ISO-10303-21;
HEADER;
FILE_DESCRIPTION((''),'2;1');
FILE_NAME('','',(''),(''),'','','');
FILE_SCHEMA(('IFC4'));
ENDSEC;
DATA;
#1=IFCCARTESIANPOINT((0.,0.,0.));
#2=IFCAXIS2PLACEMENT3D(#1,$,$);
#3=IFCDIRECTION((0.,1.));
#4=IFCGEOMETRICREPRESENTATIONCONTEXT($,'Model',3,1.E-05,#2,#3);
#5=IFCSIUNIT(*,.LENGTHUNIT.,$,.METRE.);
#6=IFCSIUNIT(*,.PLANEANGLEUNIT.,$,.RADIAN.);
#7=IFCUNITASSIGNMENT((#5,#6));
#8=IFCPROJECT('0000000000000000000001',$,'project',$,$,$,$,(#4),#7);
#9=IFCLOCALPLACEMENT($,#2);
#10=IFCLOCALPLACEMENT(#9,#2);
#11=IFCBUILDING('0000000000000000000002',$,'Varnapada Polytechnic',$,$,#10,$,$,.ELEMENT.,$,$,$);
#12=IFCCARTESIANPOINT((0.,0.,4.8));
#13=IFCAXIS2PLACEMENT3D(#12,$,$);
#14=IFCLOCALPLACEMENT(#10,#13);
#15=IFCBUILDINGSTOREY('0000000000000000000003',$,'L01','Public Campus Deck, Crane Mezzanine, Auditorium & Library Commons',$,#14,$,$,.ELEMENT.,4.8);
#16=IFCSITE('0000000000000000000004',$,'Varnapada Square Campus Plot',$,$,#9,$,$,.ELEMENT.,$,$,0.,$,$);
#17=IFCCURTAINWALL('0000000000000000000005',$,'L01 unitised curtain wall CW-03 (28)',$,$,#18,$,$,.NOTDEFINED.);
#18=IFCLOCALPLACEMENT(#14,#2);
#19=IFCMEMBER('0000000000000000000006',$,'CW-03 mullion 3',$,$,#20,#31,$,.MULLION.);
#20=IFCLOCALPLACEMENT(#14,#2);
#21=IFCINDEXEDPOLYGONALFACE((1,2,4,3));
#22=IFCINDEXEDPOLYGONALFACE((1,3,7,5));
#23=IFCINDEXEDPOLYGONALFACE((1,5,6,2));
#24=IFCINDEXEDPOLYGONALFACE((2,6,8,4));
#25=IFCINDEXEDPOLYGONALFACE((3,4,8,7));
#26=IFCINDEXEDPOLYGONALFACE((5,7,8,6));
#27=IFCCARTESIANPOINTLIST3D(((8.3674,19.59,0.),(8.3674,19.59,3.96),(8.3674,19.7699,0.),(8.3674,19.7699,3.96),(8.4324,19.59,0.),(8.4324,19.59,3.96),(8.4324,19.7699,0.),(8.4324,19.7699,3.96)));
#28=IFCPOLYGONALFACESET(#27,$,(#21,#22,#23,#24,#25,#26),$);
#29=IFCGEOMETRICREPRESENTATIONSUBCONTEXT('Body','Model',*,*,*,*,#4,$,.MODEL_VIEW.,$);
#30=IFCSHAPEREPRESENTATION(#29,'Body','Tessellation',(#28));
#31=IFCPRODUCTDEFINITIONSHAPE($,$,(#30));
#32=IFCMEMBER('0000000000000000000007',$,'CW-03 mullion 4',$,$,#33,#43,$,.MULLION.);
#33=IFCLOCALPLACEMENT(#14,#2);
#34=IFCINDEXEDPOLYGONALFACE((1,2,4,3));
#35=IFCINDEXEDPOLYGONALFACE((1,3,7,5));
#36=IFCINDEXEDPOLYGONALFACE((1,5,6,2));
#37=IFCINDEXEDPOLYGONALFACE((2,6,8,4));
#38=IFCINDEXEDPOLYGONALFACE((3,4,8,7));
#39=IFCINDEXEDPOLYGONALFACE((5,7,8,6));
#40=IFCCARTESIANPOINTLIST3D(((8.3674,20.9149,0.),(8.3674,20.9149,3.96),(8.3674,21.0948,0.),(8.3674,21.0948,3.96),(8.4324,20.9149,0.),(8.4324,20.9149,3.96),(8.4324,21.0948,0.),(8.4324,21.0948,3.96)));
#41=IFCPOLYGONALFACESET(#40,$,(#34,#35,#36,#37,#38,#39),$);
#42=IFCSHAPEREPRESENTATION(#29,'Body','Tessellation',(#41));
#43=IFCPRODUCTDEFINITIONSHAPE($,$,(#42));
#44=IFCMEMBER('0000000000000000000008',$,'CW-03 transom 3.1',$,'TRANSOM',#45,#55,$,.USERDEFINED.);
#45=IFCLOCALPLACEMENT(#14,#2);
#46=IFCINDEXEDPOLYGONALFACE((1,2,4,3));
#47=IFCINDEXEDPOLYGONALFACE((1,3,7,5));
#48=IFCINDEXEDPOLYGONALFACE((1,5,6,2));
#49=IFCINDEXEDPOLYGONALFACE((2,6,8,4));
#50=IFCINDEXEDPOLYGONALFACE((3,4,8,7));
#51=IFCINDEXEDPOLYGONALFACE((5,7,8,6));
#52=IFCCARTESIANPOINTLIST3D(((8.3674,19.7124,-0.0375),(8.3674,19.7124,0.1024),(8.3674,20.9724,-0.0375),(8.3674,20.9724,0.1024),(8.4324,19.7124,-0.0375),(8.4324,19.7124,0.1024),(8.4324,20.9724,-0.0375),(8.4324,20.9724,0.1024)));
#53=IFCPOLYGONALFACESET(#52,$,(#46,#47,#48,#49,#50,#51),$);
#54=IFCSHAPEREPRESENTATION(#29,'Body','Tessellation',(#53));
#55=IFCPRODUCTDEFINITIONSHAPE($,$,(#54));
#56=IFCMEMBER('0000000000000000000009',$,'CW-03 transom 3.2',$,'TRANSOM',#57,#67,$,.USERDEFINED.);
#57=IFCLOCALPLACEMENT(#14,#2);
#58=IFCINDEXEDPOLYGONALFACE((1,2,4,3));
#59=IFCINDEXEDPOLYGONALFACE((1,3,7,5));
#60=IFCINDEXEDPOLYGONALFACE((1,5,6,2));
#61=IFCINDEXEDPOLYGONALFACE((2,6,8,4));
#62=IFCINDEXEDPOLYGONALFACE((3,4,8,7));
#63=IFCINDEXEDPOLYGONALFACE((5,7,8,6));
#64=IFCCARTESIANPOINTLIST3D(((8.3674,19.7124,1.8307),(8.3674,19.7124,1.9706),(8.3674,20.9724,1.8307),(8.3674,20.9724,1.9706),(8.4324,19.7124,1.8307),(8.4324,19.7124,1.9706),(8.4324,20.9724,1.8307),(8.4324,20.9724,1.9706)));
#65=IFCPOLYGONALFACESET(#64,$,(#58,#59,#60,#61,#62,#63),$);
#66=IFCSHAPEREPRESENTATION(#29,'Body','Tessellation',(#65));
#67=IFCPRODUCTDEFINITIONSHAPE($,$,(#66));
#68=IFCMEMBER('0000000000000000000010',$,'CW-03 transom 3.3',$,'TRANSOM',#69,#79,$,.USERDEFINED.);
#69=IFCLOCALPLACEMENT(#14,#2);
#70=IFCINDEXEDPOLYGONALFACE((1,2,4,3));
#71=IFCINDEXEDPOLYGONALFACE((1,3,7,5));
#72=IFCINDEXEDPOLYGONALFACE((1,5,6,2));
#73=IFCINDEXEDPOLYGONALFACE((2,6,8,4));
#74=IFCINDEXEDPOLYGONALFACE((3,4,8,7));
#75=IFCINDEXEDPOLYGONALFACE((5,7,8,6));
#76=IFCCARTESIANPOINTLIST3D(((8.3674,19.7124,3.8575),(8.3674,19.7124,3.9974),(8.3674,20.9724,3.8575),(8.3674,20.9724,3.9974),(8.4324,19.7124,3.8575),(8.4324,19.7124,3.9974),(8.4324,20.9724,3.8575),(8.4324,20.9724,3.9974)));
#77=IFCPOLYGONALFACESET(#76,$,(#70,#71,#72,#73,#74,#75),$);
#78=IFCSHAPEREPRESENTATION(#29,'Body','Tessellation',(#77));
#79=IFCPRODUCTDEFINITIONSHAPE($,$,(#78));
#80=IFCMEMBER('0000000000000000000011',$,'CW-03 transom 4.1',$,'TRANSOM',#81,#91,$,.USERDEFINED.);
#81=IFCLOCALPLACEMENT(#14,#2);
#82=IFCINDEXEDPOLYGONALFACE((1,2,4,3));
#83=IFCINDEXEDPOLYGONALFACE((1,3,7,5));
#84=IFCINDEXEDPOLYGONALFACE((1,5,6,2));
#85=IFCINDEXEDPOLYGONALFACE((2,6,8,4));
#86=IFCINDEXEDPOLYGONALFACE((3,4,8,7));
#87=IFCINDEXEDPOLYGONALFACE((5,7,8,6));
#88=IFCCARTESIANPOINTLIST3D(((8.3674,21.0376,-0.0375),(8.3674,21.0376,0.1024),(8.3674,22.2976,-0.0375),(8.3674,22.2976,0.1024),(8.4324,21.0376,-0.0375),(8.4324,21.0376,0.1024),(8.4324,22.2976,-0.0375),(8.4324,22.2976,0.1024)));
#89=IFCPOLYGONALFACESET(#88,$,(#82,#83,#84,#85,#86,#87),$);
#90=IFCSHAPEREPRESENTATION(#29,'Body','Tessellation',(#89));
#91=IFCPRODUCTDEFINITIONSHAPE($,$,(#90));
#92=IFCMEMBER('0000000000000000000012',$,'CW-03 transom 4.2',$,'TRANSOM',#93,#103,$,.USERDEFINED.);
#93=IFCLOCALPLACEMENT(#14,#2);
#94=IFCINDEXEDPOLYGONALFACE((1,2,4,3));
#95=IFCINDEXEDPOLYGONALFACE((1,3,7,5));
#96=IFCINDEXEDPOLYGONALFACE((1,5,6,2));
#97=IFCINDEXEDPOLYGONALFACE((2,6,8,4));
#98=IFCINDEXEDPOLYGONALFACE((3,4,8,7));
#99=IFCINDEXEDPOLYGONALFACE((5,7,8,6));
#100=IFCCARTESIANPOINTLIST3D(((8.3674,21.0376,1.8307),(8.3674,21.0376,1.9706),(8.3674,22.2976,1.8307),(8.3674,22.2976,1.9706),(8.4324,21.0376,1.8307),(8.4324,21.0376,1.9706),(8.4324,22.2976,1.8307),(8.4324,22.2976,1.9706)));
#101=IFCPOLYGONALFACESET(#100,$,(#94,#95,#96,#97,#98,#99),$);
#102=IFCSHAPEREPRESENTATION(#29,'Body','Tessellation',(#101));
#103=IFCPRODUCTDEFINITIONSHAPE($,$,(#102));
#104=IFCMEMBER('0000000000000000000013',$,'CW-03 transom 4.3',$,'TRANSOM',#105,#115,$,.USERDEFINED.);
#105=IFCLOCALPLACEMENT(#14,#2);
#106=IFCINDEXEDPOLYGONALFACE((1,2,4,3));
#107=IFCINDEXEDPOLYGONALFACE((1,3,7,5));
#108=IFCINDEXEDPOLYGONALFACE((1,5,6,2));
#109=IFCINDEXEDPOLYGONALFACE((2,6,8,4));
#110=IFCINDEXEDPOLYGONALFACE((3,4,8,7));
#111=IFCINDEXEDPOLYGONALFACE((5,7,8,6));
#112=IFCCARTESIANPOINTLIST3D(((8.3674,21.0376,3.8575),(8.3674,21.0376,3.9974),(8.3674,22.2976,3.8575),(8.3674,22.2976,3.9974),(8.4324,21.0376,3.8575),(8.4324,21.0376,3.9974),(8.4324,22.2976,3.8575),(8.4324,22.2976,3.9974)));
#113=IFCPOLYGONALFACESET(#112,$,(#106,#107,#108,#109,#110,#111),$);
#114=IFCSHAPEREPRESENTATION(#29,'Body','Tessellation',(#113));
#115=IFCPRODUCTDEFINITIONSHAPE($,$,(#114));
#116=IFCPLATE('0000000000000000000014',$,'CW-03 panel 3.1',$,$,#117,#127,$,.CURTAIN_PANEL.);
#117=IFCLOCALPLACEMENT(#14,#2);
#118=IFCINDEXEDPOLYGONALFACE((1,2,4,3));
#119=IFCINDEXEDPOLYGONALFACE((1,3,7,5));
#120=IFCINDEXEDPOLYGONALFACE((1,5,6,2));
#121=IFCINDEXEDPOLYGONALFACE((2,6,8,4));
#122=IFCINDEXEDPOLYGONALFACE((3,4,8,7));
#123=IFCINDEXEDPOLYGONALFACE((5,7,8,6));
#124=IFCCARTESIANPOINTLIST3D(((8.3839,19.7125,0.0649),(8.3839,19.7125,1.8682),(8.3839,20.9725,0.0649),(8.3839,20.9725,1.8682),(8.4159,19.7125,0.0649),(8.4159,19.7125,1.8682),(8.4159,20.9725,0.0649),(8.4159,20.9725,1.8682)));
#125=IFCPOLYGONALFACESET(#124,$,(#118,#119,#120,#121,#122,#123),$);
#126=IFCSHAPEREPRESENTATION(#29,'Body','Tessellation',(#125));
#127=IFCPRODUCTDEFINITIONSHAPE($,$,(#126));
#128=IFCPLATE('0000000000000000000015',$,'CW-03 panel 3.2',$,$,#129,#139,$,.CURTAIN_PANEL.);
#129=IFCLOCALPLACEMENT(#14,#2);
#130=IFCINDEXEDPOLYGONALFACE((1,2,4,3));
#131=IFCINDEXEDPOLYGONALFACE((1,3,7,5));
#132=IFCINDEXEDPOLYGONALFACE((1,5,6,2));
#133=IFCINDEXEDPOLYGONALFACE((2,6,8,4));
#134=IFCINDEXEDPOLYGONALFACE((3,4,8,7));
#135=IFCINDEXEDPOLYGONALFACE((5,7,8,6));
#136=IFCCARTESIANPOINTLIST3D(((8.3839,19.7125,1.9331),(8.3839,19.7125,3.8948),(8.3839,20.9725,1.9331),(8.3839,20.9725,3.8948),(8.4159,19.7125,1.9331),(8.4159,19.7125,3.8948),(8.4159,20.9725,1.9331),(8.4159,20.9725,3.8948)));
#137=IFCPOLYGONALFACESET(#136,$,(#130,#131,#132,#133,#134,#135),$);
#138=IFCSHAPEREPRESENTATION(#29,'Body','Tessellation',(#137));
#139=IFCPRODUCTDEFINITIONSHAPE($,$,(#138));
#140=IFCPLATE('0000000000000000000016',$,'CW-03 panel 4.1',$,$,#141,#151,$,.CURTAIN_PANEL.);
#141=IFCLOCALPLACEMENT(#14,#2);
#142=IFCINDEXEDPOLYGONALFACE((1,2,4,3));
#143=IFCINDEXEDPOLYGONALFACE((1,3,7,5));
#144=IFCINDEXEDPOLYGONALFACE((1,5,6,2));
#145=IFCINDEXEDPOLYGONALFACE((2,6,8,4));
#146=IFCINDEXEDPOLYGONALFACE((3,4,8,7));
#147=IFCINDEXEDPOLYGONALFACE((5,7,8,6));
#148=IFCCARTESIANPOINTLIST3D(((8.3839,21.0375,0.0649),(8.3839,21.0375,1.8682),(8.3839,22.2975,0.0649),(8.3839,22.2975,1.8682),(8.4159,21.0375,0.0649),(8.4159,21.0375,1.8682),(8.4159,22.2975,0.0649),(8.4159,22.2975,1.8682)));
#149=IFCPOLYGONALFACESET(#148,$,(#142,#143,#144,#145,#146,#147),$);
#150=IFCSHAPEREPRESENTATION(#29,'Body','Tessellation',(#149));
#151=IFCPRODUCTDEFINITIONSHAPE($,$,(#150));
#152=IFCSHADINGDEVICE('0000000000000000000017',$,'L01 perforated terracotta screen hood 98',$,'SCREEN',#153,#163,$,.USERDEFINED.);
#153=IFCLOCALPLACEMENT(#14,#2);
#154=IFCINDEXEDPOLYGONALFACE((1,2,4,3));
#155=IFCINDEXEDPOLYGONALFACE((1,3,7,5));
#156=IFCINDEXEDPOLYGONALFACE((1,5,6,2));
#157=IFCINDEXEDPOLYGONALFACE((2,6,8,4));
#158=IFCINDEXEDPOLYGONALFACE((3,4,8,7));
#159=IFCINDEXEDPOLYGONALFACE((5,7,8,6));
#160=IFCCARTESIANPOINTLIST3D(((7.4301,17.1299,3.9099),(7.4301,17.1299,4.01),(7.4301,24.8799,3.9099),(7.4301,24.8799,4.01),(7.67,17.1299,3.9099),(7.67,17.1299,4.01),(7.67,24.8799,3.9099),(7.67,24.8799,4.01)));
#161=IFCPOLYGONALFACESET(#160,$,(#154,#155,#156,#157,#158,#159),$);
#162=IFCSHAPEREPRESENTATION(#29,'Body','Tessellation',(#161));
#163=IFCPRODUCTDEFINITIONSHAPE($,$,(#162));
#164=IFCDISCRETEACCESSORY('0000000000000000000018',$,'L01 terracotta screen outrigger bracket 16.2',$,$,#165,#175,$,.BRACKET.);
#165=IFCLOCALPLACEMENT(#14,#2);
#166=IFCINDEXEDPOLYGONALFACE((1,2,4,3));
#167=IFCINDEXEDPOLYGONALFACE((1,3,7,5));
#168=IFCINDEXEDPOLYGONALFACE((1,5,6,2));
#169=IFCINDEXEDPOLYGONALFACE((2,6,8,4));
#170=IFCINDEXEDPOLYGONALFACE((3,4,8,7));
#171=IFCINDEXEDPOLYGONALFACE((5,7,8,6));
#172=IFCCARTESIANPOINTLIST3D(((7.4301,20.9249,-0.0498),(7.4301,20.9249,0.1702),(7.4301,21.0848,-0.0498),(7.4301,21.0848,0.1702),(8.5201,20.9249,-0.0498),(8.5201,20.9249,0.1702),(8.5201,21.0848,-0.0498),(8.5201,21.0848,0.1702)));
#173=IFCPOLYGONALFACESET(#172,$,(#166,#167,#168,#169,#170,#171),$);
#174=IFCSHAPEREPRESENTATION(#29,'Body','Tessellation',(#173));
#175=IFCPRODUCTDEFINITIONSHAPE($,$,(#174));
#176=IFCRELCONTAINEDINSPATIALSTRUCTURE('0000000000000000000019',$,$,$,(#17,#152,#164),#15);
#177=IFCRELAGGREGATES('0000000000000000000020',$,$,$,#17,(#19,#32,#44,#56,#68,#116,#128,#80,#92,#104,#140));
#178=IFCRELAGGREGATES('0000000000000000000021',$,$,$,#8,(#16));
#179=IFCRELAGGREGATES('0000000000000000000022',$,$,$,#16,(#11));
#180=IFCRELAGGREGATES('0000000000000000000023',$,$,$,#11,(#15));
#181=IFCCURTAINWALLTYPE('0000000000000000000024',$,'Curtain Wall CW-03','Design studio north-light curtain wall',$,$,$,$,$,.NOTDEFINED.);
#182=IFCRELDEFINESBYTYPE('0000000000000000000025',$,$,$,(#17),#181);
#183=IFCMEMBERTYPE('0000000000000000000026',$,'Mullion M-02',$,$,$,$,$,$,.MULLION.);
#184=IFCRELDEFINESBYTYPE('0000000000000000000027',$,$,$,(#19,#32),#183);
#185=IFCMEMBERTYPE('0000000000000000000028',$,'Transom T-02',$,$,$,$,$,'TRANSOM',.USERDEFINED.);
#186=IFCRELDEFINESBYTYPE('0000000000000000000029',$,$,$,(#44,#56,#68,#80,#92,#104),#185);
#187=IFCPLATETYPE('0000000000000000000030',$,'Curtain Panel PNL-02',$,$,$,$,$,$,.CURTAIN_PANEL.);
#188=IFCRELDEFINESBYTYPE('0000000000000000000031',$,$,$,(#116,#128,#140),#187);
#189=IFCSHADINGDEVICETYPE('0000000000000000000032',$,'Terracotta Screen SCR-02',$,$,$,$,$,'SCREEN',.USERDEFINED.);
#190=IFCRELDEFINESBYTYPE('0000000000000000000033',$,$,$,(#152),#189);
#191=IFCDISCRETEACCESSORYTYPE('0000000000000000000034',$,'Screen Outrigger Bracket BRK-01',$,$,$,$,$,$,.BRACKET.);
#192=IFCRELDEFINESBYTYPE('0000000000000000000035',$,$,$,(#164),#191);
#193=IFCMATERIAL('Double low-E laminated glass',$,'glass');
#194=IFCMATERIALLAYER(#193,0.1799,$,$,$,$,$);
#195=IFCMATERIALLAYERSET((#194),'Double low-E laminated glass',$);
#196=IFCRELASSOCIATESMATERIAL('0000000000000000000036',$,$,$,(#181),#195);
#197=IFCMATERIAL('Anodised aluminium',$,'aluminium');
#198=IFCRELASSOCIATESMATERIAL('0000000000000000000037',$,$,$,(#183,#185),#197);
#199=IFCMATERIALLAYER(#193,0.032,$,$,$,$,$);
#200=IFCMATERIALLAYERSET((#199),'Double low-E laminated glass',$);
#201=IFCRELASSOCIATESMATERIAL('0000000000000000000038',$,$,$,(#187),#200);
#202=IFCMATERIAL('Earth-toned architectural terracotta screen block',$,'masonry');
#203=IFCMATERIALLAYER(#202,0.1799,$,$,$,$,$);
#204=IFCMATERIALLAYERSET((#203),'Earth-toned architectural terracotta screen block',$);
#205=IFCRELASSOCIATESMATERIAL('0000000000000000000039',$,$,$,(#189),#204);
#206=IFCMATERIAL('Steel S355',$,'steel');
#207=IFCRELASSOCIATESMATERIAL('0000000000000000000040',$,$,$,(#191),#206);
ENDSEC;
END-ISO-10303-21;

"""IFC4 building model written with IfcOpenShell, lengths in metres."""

from ifc_helpers import new_model, si_unit, direction, frame, origin, origin_2d, place, context, subcontext, project, spatial, rectangle, extrude, material, layer, layer_set, material_profile, profile_set, type_object, element, aggregate, save


model = new_model("IFC4")

# Units and contexts
model_context = context("Model", 3, precision=1e-05, world=origin(), true_north=direction((0.0, 1.0)))
body_context = subcontext(model_context, "Body", "Model", "MODEL_VIEW")
ifc_project = project(units=[si_unit("LENGTHUNIT", "METRE"), si_unit("PLANEANGLEUNIT", "RADIAN")], contexts=[model_context])

# Site, building, storey
site_placement = place(None, origin())
site = spatial("IfcSite", under=ifc_project, at=site_placement, Name="Varnapada Square Campus Plot", CompositionType="ELEMENT", RefElevation=0.0)
building_placement = place(site_placement, origin())
building = spatial("IfcBuilding", under=site, at=building_placement, Name="Varnapada Polytechnic", CompositionType="ELEMENT")
storey_placement = place(building_placement, frame((0.0, 0.0, 4.8)))
storey = spatial("IfcBuildingStorey", under=building, at=storey_placement, Name="L01", Description="Public Campus Deck, Crane Mezzanine, Auditorium & Library Commons", CompositionType="ELEMENT", Elevation=4.8)

# Curtain wall, members, plates
ifc_material_1 = material(Name="Double low-E laminated glass", Category="glass")
ifc_layer_1 = layer(ifc_material_1, 0.1799)
ifc_layer_set_1 = layer_set([ifc_layer_1], Name="Double low-E laminated glass")
curtain_wall_type = type_object("IfcCurtainWallType", Name="Curtain Wall CW-03", Description="Design studio north-light curtain wall", PredefinedType="NOTDEFINED", material=ifc_layer_set_1)
curtain_wall_placement = place(storey_placement, origin())
curtain_wall = element("IfcCurtainWall", 1, at=curtain_wall_placement, inside=storey, type_object=curtain_wall_type, Name="L01 unitised curtain wall CW-03 (28)", PredefinedType="NOTDEFINED")
ifc_material_2 = material(Name="Anodised aluminium", Category="aluminium")
ifc_material_profile_1 = material_profile(ifc_material_2, rectangle(XDim=0.0649, YDim=0.1799, at=origin_2d()), Name="ALU M65x180")
ifc_profile_set_1 = profile_set([ifc_material_profile_1], Name="Anodised aluminium")
member_type_1 = type_object("IfcMemberType", Name="Mullion M-02", PredefinedType="MULLION", material=ifc_profile_set_1)
member_1_placement = place(storey_placement, frame((8.3999, 19.6799, 0.0), z_axis=(0.0, 0.0, 1.0), x_axis=(-1.0, 0.0, 0.0)))
member_1 = element("IfcMember", 2, at=member_1_placement, type_object=member_type_1, Name="CW-03 mullion 3", PredefinedType="MULLION", context=body_context, shape_type="SweptSolid", body=[
    extrude(rectangle(XDim=0.0649, YDim=0.1799, at=origin_2d()), origin(), (0.0, 0.0, 1.0), 3.96),
])
member_2_placement = place(storey_placement, frame((8.3999, 21.0049, 0.0), z_axis=(0.0, 0.0, 1.0), x_axis=(-1.0, 0.0, 0.0)))
member_2 = element("IfcMember", 3, at=member_2_placement, type_object=member_type_1, Name="CW-03 mullion 4", PredefinedType="MULLION", context=body_context, shape_type="SweptSolid", body=[
    extrude(rectangle(XDim=0.0649, YDim=0.1799, at=origin_2d()), origin(), (0.0, 0.0, 1.0), 3.96),
])
ifc_material_profile_2 = material_profile(ifc_material_2, rectangle(XDim=0.0649, YDim=0.1399, at=origin_2d()), Name="ALU T65x140")
ifc_profile_set_2 = profile_set([ifc_material_profile_2], Name="Anodised aluminium")
member_type_2 = type_object("IfcMemberType", Name="Transom T-02", ElementType="TRANSOM", PredefinedType="USERDEFINED", material=ifc_profile_set_2)
member_3_placement = place(storey_placement, frame((8.3999, 19.7124, 0.0325), z_axis=(0.0, 1.0, 0.0), x_axis=(-1.0, 0.0, 0.0)))
member_3 = element("IfcMember", 4, at=member_3_placement, type_object=member_type_2, Name="CW-03 transom 3.1", ObjectType="TRANSOM", PredefinedType="USERDEFINED", context=body_context, shape_type="SweptSolid", body=[
    extrude(rectangle(XDim=0.0649, YDim=0.1399, at=origin_2d()), origin(), (0.0, 0.0, 1.0), 1.26),
])
member_4_placement = place(storey_placement, frame((8.3999, 19.7124, 1.9006), z_axis=(0.0, 1.0, 0.0), x_axis=(-1.0, 0.0, 0.0)))
member_4 = element("IfcMember", 5, at=member_4_placement, type_object=member_type_2, Name="CW-03 transom 3.2", ObjectType="TRANSOM", PredefinedType="USERDEFINED", context=body_context, shape_type="SweptSolid", body=[
    extrude(rectangle(XDim=0.0649, YDim=0.1399, at=origin_2d()), origin(), (0.0, 0.0, 1.0), 1.26),
])
member_5_placement = place(storey_placement, frame((8.3999, 19.7124, 3.9275), z_axis=(0.0, 1.0, 0.0), x_axis=(-1.0, 0.0, 0.0)))
member_5 = element("IfcMember", 6, at=member_5_placement, type_object=member_type_2, Name="CW-03 transom 3.3", ObjectType="TRANSOM", PredefinedType="USERDEFINED", context=body_context, shape_type="SweptSolid", body=[
    extrude(rectangle(XDim=0.0649, YDim=0.1399, at=origin_2d()), origin(), (0.0, 0.0, 1.0), 1.26),
])
member_6_placement = place(storey_placement, frame((8.3999, 21.0376, 0.0325), z_axis=(0.0, 1.0, 0.0), x_axis=(-1.0, 0.0, 0.0)))
member_6 = element("IfcMember", 7, at=member_6_placement, type_object=member_type_2, Name="CW-03 transom 4.1", ObjectType="TRANSOM", PredefinedType="USERDEFINED", context=body_context, shape_type="SweptSolid", body=[
    extrude(rectangle(XDim=0.0649, YDim=0.1399, at=origin_2d()), origin(), (0.0, 0.0, 1.0), 1.26),
])
member_7_placement = place(storey_placement, frame((8.3999, 21.0376, 1.9006), z_axis=(0.0, 1.0, 0.0), x_axis=(-1.0, 0.0, 0.0)))
member_7 = element("IfcMember", 8, at=member_7_placement, type_object=member_type_2, Name="CW-03 transom 4.2", ObjectType="TRANSOM", PredefinedType="USERDEFINED", context=body_context, shape_type="SweptSolid", body=[
    extrude(rectangle(XDim=0.0649, YDim=0.1399, at=origin_2d()), origin(), (0.0, 0.0, 1.0), 1.26),
])
member_8_placement = place(storey_placement, frame((8.3999, 21.0376, 3.9275), z_axis=(0.0, 1.0, 0.0), x_axis=(-1.0, 0.0, 0.0)))
member_8 = element("IfcMember", 9, at=member_8_placement, type_object=member_type_2, Name="CW-03 transom 4.3", ObjectType="TRANSOM", PredefinedType="USERDEFINED", context=body_context, shape_type="SweptSolid", body=[
    extrude(rectangle(XDim=0.0649, YDim=0.1399, at=origin_2d()), origin(), (0.0, 0.0, 1.0), 1.26),
])
ifc_layer_2 = layer(ifc_material_1, 0.032)
ifc_layer_set_2 = layer_set([ifc_layer_2], Name="Double low-E laminated glass")
plate_type = type_object("IfcPlateType", Name="Curtain Panel PNL-02", PredefinedType="CURTAIN_PANEL", material=ifc_layer_set_2)
plate_1_placement = place(storey_placement, frame((8.3999, 20.3425, 0.0649), z_axis=(0.0, 0.0, 1.0), x_axis=(0.0, 1.0, 0.0)))
plate_1 = element("IfcPlate", 10, at=plate_1_placement, type_object=plate_type, Name="CW-03 panel 3.1", PredefinedType="CURTAIN_PANEL", context=body_context, shape_type="SweptSolid", body=[
    extrude(rectangle(XDim=1.26, YDim=0.032, at=origin_2d()), origin(), (0.0, 0.0, 1.0), 1.8032),
])
plate_2_placement = place(storey_placement, frame((8.3999, 20.3425, 1.9331), z_axis=(0.0, 0.0, 1.0), x_axis=(0.0, 1.0, 0.0)))
plate_2 = element("IfcPlate", 11, at=plate_2_placement, type_object=plate_type, Name="CW-03 panel 3.2", PredefinedType="CURTAIN_PANEL", context=body_context, shape_type="SweptSolid", body=[
    extrude(rectangle(XDim=1.26, YDim=0.032, at=origin_2d()), origin(), (0.0, 0.0, 1.0), 1.9617),
])
plate_3_placement = place(storey_placement, frame((8.3999, 21.6675, 0.0649), z_axis=(0.0, 0.0, 1.0), x_axis=(0.0, 1.0, 0.0)))
plate_3 = element("IfcPlate", 12, at=plate_3_placement, type_object=plate_type, Name="CW-03 panel 4.1", PredefinedType="CURTAIN_PANEL", context=body_context, shape_type="SweptSolid", body=[
    extrude(rectangle(XDim=1.26, YDim=0.032, at=origin_2d()), origin(), (0.0, 0.0, 1.0), 1.8032),
])
aggregate(curtain_wall, [member_1, member_2, member_3, member_4, member_5, plate_1, plate_2, member_6, member_7, member_8, plate_3])

# Shading device
ifc_material_3 = material(Name="Earth-toned architectural terracotta screen block", Category="masonry")
ifc_layer_3 = layer(ifc_material_3, 0.1799)
ifc_layer_set_3 = layer_set([ifc_layer_3], Name="Earth-toned architectural terracotta screen block")
shading_device_type = type_object("IfcShadingDeviceType", Name="Terracotta Screen SCR-02", ElementType="SCREEN", PredefinedType="USERDEFINED", material=ifc_layer_set_3)
shading_device_placement = place(storey_placement, frame((7.55, 21.0049, 3.9099), z_axis=(0.0, 0.0, 1.0), x_axis=(0.0, 1.0, 0.0)))
element("IfcShadingDevice", 13, at=shading_device_placement, inside=storey, type_object=shading_device_type, Name="L01 perforated terracotta screen hood 98", ObjectType="SCREEN", PredefinedType="USERDEFINED", context=body_context, shape_type="SweptSolid", body=[
    extrude(rectangle(XDim=7.75, YDim=0.24, at=origin_2d()), origin(), (0.0, 0.0, 1.0), 0.1001),
])

# Discrete accessory
ifc_material_4 = material(Name="Steel S355", Category="steel")
discrete_accessory_type = type_object("IfcDiscreteAccessoryType", Name="Screen Outrigger Bracket BRK-01", PredefinedType="BRACKET", material=ifc_material_4)
discrete_accessory_placement = place(storey_placement, frame((7.9751, 21.0049, -0.0498), z_axis=(0.0, 0.0, 1.0), x_axis=(0.0, 1.0, 0.0)))
element("IfcDiscreteAccessory", 14, at=discrete_accessory_placement, inside=storey, type_object=discrete_accessory_type, Name="L01 terracotta screen outrigger bracket 16.2", PredefinedType="BRACKET", context=body_context, shape_type="SweptSolid", body=[
    extrude(rectangle(XDim=0.1599, YDim=1.0901, at=origin_2d()), origin(), (0.0, 0.0, 1.0), 0.22),
])

save(model, "model.ifc")
